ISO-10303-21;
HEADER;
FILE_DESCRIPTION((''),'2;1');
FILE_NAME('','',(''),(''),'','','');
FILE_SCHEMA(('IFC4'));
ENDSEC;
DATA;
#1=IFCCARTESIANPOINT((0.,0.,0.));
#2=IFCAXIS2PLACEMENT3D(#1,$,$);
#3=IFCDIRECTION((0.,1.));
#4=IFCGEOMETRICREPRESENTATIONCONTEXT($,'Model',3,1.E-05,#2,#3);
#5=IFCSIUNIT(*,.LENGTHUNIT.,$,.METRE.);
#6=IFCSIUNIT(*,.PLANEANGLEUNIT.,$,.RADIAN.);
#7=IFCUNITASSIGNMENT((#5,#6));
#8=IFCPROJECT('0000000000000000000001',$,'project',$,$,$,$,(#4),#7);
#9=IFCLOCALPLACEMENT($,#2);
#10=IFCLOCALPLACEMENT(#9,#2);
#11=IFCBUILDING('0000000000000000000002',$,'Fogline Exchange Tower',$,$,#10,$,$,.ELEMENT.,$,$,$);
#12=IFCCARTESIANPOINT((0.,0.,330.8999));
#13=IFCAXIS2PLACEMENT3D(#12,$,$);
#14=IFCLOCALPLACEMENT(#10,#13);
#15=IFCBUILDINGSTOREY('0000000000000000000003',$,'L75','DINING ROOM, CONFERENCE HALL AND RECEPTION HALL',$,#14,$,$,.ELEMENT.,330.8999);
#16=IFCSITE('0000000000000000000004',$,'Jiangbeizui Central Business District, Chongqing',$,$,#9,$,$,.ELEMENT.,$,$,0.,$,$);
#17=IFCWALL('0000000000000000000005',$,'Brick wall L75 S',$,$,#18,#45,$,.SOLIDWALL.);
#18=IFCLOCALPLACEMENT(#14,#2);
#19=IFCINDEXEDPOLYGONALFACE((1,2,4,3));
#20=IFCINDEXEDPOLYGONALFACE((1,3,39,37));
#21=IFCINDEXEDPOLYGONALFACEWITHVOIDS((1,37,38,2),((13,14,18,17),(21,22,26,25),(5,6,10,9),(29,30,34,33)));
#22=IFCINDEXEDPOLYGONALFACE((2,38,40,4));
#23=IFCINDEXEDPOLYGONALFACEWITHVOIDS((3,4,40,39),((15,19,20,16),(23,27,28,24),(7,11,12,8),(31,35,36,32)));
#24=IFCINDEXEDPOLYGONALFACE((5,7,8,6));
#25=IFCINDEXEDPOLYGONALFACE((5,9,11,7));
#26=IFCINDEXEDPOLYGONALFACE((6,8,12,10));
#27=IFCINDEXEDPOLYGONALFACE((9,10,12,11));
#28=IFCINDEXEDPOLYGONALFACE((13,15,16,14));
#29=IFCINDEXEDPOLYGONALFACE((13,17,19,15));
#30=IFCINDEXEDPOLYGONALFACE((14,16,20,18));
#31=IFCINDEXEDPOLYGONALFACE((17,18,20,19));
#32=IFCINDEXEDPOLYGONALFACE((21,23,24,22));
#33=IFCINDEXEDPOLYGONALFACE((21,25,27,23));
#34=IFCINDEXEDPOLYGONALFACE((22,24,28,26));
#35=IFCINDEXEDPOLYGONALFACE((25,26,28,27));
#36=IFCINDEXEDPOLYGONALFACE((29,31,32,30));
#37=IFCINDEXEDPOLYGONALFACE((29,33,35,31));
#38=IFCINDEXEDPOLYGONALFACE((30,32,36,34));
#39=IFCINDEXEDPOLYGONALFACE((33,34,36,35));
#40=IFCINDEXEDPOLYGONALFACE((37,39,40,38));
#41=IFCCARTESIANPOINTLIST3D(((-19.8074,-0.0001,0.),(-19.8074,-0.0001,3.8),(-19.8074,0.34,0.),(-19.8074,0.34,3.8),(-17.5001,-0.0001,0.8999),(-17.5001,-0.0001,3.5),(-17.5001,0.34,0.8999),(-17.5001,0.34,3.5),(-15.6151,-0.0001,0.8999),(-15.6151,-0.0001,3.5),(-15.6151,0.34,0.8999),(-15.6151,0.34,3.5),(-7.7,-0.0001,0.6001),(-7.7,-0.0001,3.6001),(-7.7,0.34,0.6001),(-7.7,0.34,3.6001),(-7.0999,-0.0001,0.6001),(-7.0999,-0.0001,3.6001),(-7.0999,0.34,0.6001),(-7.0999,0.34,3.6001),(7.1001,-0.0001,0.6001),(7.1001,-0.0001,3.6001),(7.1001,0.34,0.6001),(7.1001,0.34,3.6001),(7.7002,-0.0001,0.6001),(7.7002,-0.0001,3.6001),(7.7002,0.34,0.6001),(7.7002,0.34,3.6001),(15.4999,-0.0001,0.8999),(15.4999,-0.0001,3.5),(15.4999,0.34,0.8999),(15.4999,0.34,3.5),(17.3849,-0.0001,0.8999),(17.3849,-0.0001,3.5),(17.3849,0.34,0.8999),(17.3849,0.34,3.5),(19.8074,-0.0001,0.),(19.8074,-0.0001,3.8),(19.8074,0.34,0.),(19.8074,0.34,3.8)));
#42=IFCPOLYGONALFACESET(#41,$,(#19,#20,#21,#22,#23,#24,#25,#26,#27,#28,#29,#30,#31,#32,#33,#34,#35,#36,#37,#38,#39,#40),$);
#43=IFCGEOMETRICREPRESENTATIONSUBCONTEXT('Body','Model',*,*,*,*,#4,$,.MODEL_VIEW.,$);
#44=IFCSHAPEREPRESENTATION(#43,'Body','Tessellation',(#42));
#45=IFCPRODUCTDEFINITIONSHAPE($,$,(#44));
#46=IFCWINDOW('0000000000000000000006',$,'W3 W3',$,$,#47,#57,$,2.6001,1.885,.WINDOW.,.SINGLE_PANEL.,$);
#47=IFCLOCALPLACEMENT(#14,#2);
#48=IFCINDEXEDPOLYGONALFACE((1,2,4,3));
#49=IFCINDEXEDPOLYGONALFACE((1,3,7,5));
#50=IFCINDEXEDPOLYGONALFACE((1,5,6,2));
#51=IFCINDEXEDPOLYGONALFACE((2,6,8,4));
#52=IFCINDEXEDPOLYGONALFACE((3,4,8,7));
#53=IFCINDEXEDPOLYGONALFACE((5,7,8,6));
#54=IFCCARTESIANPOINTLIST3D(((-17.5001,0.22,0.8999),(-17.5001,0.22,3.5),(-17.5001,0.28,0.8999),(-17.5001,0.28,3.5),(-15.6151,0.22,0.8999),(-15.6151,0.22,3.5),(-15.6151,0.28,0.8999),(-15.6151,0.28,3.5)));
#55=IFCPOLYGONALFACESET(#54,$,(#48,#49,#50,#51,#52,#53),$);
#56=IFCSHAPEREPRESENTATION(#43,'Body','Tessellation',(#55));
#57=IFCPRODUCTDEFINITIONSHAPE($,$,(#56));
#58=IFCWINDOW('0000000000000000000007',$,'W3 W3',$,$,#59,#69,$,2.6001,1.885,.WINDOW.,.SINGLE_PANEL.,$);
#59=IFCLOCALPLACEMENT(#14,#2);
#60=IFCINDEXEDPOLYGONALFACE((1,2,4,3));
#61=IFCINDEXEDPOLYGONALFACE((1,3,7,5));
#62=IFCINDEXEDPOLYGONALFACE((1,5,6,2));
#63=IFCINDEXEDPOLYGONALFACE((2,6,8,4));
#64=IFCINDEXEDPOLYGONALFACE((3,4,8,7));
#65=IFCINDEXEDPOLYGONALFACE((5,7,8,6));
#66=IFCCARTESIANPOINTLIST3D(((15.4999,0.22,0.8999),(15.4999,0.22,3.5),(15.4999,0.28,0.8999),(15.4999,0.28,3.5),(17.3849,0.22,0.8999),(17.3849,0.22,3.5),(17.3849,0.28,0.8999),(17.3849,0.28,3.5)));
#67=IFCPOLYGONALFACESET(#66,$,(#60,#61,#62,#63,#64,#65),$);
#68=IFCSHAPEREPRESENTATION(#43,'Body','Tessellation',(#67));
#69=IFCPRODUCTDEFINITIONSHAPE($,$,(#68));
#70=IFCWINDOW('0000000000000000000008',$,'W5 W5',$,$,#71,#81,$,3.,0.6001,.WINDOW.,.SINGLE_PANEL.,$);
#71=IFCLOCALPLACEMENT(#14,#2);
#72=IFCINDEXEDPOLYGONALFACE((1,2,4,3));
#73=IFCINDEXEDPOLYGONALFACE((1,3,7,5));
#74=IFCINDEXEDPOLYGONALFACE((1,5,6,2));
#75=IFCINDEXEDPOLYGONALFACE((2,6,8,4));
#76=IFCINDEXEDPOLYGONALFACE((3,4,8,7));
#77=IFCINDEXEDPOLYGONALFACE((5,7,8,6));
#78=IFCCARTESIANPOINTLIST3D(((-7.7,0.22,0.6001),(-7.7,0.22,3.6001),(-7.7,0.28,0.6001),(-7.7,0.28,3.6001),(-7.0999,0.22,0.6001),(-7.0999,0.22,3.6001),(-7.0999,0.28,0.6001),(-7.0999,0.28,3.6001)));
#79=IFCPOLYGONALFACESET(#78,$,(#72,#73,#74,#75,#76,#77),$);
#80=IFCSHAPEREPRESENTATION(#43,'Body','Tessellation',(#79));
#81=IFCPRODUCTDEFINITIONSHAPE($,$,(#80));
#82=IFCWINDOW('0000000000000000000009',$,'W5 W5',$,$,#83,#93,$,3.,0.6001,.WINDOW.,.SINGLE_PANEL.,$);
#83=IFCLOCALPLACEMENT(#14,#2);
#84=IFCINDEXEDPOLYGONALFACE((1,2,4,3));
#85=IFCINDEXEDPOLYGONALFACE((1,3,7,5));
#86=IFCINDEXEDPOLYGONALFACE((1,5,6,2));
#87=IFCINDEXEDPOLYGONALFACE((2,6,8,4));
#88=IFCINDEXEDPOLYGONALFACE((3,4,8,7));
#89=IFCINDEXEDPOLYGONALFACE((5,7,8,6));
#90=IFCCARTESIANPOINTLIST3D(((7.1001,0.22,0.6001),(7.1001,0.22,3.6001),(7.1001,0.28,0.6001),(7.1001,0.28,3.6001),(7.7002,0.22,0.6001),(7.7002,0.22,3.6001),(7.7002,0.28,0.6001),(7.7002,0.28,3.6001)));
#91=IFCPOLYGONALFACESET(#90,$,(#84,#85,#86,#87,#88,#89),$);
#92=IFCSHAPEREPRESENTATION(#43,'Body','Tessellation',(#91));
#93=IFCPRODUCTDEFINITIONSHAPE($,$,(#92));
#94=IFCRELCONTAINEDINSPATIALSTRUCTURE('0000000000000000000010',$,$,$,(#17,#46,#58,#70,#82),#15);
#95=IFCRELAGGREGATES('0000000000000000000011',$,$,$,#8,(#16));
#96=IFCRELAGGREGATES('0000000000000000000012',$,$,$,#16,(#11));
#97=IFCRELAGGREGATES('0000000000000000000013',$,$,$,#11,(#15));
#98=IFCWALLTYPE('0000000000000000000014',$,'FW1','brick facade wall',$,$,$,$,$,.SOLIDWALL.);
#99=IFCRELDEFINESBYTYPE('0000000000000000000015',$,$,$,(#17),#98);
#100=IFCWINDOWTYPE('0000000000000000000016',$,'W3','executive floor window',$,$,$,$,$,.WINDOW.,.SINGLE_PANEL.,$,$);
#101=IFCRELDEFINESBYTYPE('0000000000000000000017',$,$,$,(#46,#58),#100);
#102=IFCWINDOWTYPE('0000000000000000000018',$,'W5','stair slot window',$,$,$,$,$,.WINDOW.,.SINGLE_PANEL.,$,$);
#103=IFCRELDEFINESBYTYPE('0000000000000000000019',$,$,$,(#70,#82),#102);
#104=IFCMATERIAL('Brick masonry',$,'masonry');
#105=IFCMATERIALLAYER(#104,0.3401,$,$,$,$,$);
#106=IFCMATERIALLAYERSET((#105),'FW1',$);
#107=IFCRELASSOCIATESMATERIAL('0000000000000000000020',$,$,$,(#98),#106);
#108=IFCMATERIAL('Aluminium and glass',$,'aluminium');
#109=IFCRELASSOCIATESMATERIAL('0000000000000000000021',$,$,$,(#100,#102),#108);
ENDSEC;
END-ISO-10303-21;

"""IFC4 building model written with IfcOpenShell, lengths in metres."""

from ifc_helpers import new_model, si_unit, direction, frame, frame_2d, origin, place, context, subcontext, project, spatial, rectangle, extrude, material, layer, layer_set, type_object, element, fill, save


model = new_model("IFC4")

# Units and contexts
model_context = context("Model", 3, precision=1e-05, world=origin(), true_north=direction((0.0, 1.0)))
body_context = subcontext(model_context, "Body", "Model", "MODEL_VIEW")
ifc_project = project(units=[si_unit("LENGTHUNIT", "METRE"), si_unit("PLANEANGLEUNIT", "RADIAN")], contexts=[model_context])

# Site, building, storey
site_placement = place(None, origin())
site = spatial("IfcSite", under=ifc_project, at=site_placement, Name="Jiangbeizui Central Business District, Chongqing", CompositionType="ELEMENT", RefElevation=0.0)
building_placement = place(site_placement, origin())
building = spatial("IfcBuilding", under=site, at=building_placement, Name="Fogline Exchange Tower", CompositionType="ELEMENT")
storey_placement = place(building_placement, frame((0.0, 0.0, 330.8999)))
storey = spatial("IfcBuildingStorey", under=building, at=storey_placement, Name="L75", Description="DINING ROOM, CONFERENCE HALL AND RECEPTION HALL", CompositionType="ELEMENT", Elevation=330.8999)

# Shared definitions
ifc_material_1 = material(Name="Brick masonry", Category="masonry")
ifc_layer = layer(ifc_material_1, 0.3401)
ifc_layer_set = layer_set([ifc_layer], Name="FW1")
wall_type = type_object("IfcWallType", Name="FW1", Description="brick facade wall", PredefinedType="SOLIDWALL", material=ifc_layer_set)
ifc_material_2 = material(Name="Aluminium and glass", Category="aluminium")

# Wall, openings, windows
wall_1_placement = place(storey_placement, frame((-19.8074, 0.1699, 0.0), z_axis=(0.0, 0.0, 1.0), x_axis=(1.0, 0.0, 0.0)))
wall_1 = element("IfcWall", 1, at=wall_1_placement, inside=storey, type_object=wall_type, Name="Brick wall L75 S", PredefinedType="SOLIDWALL", context=body_context, shape_type="SweptSolid", body=[
    extrude(rectangle(XDim=39.6147, YDim=0.3401, at=frame_2d((19.8074, 0.0))), origin(), (0.0, 0.0, 1.0), 3.8),
])
opening_1_placement = place(wall_1_placement, frame((2.3074, 0.0, 0.8999)))
opening_1 = element("IfcOpeningElement", 2, at=opening_1_placement, cuts=wall_1, PredefinedType="OPENING", context=body_context, shape_type="SweptSolid", body=[
    extrude(rectangle(XDim=1.885, YDim=2.6001, at=frame_2d((0.9424, 1.3))), frame((0.0, 0.1802, 0.0), z_axis=(0.0, -1.0, 0.0), x_axis=(1.0, 0.0, 0.0)), (0.0, 0.0, 1.0), 0.3601),
])
opening_2_placement = place(wall_1_placement, frame((35.3074, 0.0, 0.8999)))
opening_2 = element("IfcOpeningElement", 3, at=opening_2_placement, cuts=wall_1, PredefinedType="OPENING", context=body_context, shape_type="SweptSolid", body=[
    extrude(rectangle(XDim=1.885, YDim=2.6001, at=frame_2d((0.9424, 1.3))), frame((0.0, 0.1802, 0.0), z_axis=(0.0, -1.0, 0.0), x_axis=(1.0, 0.0, 0.0)), (0.0, 0.0, 1.0), 0.3601),
])
opening_3_placement = place(wall_1_placement, frame((12.1074, 0.0, 0.6001)))
opening_3 = element("IfcOpeningElement", 4, at=opening_3_placement, cuts=wall_1, PredefinedType="OPENING", context=body_context, shape_type="SweptSolid", body=[
    extrude(rectangle(XDim=0.6001, YDim=3.0, at=frame_2d((0.3, 1.5))), frame((0.0, 0.1802, 0.0), z_axis=(0.0, -1.0, 0.0), x_axis=(1.0, 0.0, 0.0)), (0.0, 0.0, 1.0), 0.3601),
])
opening_4_placement = place(wall_1_placement, frame((26.9075, 0.0, 0.6001)))
opening_4 = element("IfcOpeningElement", 5, at=opening_4_placement, cuts=wall_1, PredefinedType="OPENING", context=body_context, shape_type="SweptSolid", body=[
    extrude(rectangle(XDim=0.6001, YDim=3.0, at=frame_2d((0.3, 1.5))), frame((0.0, 0.1802, 0.0), z_axis=(0.0, -1.0, 0.0), x_axis=(1.0, 0.0, 0.0)), (0.0, 0.0, 1.0), 0.3601),
])
window_type_1 = type_object("IfcWindowType", Name="W3", Description="executive floor window", PartitioningType="SINGLE_PANEL", PredefinedType="WINDOW", material=ifc_material_2)
window_1_placement = place(opening_1_placement, origin())
window_1 = element("IfcWindow", 6, at=window_1_placement, inside=storey, type_object=window_type_1, Name="W3 W3", OverallHeight=2.6001, OverallWidth=1.885, PartitioningType="SINGLE_PANEL", PredefinedType="WINDOW", context=body_context, shape_type="SweptSolid", body=[
    extrude(rectangle(XDim=1.885, YDim=2.6001, at=frame_2d((0.9424, 1.3))), frame((0.0, 0.1101, 0.0), z_axis=(0.0, -1.0, 0.0), x_axis=(1.0, 0.0, 0.0)), (0.0, 0.0, 1.0), 0.0601),
])
fill(opening_1, window_1)
window_2_placement = place(opening_2_placement, origin())
window_2 = element("IfcWindow", 7, at=window_2_placement, inside=storey, type_object=window_type_1, Name="W3 W3", OverallHeight=2.6001, OverallWidth=1.885, PartitioningType="SINGLE_PANEL", PredefinedType="WINDOW", context=body_context, shape_type="SweptSolid", body=[
    extrude(rectangle(XDim=1.885, YDim=2.6001, at=frame_2d((0.9424, 1.3))), frame((0.0, 0.1101, 0.0), z_axis=(0.0, -1.0, 0.0), x_axis=(1.0, 0.0, 0.0)), (0.0, 0.0, 1.0), 0.0601),
])
fill(opening_2, window_2)
window_type_2 = type_object("IfcWindowType", Name="W5", Description="stair slot window", PartitioningType="SINGLE_PANEL", PredefinedType="WINDOW", material=ifc_material_2)
window_3_placement = place(opening_3_placement, origin())
window_3 = element("IfcWindow", 8, at=window_3_placement, inside=storey, type_object=window_type_2, Name="W5 W5", OverallHeight=3.0, OverallWidth=0.6001, PartitioningType="SINGLE_PANEL", PredefinedType="WINDOW", context=body_context, shape_type="SweptSolid", body=[
    extrude(rectangle(XDim=0.6001, YDim=3.0, at=frame_2d((0.3, 1.5))), frame((0.0, 0.1101, 0.0), z_axis=(0.0, -1.0, 0.0), x_axis=(1.0, 0.0, 0.0)), (0.0, 0.0, 1.0), 0.0601),
])
fill(opening_3, window_3)
window_4_placement = place(opening_4_placement, origin())
window_4 = element("IfcWindow", 9, at=window_4_placement, inside=storey, type_object=window_type_2, Name="W5 W5", OverallHeight=3.0, OverallWidth=0.6001, PartitioningType="SINGLE_PANEL", PredefinedType="WINDOW", context=body_context, shape_type="SweptSolid", body=[
    extrude(rectangle(XDim=0.6001, YDim=3.0, at=frame_2d((0.3, 1.5))), frame((0.0, 0.1101, 0.0), z_axis=(0.0, -1.0, 0.0), x_axis=(1.0, 0.0, 0.0)), (0.0, 0.0, 1.0), 0.0601),
])
fill(opening_4, window_4)

save(model, "model.ifc")
